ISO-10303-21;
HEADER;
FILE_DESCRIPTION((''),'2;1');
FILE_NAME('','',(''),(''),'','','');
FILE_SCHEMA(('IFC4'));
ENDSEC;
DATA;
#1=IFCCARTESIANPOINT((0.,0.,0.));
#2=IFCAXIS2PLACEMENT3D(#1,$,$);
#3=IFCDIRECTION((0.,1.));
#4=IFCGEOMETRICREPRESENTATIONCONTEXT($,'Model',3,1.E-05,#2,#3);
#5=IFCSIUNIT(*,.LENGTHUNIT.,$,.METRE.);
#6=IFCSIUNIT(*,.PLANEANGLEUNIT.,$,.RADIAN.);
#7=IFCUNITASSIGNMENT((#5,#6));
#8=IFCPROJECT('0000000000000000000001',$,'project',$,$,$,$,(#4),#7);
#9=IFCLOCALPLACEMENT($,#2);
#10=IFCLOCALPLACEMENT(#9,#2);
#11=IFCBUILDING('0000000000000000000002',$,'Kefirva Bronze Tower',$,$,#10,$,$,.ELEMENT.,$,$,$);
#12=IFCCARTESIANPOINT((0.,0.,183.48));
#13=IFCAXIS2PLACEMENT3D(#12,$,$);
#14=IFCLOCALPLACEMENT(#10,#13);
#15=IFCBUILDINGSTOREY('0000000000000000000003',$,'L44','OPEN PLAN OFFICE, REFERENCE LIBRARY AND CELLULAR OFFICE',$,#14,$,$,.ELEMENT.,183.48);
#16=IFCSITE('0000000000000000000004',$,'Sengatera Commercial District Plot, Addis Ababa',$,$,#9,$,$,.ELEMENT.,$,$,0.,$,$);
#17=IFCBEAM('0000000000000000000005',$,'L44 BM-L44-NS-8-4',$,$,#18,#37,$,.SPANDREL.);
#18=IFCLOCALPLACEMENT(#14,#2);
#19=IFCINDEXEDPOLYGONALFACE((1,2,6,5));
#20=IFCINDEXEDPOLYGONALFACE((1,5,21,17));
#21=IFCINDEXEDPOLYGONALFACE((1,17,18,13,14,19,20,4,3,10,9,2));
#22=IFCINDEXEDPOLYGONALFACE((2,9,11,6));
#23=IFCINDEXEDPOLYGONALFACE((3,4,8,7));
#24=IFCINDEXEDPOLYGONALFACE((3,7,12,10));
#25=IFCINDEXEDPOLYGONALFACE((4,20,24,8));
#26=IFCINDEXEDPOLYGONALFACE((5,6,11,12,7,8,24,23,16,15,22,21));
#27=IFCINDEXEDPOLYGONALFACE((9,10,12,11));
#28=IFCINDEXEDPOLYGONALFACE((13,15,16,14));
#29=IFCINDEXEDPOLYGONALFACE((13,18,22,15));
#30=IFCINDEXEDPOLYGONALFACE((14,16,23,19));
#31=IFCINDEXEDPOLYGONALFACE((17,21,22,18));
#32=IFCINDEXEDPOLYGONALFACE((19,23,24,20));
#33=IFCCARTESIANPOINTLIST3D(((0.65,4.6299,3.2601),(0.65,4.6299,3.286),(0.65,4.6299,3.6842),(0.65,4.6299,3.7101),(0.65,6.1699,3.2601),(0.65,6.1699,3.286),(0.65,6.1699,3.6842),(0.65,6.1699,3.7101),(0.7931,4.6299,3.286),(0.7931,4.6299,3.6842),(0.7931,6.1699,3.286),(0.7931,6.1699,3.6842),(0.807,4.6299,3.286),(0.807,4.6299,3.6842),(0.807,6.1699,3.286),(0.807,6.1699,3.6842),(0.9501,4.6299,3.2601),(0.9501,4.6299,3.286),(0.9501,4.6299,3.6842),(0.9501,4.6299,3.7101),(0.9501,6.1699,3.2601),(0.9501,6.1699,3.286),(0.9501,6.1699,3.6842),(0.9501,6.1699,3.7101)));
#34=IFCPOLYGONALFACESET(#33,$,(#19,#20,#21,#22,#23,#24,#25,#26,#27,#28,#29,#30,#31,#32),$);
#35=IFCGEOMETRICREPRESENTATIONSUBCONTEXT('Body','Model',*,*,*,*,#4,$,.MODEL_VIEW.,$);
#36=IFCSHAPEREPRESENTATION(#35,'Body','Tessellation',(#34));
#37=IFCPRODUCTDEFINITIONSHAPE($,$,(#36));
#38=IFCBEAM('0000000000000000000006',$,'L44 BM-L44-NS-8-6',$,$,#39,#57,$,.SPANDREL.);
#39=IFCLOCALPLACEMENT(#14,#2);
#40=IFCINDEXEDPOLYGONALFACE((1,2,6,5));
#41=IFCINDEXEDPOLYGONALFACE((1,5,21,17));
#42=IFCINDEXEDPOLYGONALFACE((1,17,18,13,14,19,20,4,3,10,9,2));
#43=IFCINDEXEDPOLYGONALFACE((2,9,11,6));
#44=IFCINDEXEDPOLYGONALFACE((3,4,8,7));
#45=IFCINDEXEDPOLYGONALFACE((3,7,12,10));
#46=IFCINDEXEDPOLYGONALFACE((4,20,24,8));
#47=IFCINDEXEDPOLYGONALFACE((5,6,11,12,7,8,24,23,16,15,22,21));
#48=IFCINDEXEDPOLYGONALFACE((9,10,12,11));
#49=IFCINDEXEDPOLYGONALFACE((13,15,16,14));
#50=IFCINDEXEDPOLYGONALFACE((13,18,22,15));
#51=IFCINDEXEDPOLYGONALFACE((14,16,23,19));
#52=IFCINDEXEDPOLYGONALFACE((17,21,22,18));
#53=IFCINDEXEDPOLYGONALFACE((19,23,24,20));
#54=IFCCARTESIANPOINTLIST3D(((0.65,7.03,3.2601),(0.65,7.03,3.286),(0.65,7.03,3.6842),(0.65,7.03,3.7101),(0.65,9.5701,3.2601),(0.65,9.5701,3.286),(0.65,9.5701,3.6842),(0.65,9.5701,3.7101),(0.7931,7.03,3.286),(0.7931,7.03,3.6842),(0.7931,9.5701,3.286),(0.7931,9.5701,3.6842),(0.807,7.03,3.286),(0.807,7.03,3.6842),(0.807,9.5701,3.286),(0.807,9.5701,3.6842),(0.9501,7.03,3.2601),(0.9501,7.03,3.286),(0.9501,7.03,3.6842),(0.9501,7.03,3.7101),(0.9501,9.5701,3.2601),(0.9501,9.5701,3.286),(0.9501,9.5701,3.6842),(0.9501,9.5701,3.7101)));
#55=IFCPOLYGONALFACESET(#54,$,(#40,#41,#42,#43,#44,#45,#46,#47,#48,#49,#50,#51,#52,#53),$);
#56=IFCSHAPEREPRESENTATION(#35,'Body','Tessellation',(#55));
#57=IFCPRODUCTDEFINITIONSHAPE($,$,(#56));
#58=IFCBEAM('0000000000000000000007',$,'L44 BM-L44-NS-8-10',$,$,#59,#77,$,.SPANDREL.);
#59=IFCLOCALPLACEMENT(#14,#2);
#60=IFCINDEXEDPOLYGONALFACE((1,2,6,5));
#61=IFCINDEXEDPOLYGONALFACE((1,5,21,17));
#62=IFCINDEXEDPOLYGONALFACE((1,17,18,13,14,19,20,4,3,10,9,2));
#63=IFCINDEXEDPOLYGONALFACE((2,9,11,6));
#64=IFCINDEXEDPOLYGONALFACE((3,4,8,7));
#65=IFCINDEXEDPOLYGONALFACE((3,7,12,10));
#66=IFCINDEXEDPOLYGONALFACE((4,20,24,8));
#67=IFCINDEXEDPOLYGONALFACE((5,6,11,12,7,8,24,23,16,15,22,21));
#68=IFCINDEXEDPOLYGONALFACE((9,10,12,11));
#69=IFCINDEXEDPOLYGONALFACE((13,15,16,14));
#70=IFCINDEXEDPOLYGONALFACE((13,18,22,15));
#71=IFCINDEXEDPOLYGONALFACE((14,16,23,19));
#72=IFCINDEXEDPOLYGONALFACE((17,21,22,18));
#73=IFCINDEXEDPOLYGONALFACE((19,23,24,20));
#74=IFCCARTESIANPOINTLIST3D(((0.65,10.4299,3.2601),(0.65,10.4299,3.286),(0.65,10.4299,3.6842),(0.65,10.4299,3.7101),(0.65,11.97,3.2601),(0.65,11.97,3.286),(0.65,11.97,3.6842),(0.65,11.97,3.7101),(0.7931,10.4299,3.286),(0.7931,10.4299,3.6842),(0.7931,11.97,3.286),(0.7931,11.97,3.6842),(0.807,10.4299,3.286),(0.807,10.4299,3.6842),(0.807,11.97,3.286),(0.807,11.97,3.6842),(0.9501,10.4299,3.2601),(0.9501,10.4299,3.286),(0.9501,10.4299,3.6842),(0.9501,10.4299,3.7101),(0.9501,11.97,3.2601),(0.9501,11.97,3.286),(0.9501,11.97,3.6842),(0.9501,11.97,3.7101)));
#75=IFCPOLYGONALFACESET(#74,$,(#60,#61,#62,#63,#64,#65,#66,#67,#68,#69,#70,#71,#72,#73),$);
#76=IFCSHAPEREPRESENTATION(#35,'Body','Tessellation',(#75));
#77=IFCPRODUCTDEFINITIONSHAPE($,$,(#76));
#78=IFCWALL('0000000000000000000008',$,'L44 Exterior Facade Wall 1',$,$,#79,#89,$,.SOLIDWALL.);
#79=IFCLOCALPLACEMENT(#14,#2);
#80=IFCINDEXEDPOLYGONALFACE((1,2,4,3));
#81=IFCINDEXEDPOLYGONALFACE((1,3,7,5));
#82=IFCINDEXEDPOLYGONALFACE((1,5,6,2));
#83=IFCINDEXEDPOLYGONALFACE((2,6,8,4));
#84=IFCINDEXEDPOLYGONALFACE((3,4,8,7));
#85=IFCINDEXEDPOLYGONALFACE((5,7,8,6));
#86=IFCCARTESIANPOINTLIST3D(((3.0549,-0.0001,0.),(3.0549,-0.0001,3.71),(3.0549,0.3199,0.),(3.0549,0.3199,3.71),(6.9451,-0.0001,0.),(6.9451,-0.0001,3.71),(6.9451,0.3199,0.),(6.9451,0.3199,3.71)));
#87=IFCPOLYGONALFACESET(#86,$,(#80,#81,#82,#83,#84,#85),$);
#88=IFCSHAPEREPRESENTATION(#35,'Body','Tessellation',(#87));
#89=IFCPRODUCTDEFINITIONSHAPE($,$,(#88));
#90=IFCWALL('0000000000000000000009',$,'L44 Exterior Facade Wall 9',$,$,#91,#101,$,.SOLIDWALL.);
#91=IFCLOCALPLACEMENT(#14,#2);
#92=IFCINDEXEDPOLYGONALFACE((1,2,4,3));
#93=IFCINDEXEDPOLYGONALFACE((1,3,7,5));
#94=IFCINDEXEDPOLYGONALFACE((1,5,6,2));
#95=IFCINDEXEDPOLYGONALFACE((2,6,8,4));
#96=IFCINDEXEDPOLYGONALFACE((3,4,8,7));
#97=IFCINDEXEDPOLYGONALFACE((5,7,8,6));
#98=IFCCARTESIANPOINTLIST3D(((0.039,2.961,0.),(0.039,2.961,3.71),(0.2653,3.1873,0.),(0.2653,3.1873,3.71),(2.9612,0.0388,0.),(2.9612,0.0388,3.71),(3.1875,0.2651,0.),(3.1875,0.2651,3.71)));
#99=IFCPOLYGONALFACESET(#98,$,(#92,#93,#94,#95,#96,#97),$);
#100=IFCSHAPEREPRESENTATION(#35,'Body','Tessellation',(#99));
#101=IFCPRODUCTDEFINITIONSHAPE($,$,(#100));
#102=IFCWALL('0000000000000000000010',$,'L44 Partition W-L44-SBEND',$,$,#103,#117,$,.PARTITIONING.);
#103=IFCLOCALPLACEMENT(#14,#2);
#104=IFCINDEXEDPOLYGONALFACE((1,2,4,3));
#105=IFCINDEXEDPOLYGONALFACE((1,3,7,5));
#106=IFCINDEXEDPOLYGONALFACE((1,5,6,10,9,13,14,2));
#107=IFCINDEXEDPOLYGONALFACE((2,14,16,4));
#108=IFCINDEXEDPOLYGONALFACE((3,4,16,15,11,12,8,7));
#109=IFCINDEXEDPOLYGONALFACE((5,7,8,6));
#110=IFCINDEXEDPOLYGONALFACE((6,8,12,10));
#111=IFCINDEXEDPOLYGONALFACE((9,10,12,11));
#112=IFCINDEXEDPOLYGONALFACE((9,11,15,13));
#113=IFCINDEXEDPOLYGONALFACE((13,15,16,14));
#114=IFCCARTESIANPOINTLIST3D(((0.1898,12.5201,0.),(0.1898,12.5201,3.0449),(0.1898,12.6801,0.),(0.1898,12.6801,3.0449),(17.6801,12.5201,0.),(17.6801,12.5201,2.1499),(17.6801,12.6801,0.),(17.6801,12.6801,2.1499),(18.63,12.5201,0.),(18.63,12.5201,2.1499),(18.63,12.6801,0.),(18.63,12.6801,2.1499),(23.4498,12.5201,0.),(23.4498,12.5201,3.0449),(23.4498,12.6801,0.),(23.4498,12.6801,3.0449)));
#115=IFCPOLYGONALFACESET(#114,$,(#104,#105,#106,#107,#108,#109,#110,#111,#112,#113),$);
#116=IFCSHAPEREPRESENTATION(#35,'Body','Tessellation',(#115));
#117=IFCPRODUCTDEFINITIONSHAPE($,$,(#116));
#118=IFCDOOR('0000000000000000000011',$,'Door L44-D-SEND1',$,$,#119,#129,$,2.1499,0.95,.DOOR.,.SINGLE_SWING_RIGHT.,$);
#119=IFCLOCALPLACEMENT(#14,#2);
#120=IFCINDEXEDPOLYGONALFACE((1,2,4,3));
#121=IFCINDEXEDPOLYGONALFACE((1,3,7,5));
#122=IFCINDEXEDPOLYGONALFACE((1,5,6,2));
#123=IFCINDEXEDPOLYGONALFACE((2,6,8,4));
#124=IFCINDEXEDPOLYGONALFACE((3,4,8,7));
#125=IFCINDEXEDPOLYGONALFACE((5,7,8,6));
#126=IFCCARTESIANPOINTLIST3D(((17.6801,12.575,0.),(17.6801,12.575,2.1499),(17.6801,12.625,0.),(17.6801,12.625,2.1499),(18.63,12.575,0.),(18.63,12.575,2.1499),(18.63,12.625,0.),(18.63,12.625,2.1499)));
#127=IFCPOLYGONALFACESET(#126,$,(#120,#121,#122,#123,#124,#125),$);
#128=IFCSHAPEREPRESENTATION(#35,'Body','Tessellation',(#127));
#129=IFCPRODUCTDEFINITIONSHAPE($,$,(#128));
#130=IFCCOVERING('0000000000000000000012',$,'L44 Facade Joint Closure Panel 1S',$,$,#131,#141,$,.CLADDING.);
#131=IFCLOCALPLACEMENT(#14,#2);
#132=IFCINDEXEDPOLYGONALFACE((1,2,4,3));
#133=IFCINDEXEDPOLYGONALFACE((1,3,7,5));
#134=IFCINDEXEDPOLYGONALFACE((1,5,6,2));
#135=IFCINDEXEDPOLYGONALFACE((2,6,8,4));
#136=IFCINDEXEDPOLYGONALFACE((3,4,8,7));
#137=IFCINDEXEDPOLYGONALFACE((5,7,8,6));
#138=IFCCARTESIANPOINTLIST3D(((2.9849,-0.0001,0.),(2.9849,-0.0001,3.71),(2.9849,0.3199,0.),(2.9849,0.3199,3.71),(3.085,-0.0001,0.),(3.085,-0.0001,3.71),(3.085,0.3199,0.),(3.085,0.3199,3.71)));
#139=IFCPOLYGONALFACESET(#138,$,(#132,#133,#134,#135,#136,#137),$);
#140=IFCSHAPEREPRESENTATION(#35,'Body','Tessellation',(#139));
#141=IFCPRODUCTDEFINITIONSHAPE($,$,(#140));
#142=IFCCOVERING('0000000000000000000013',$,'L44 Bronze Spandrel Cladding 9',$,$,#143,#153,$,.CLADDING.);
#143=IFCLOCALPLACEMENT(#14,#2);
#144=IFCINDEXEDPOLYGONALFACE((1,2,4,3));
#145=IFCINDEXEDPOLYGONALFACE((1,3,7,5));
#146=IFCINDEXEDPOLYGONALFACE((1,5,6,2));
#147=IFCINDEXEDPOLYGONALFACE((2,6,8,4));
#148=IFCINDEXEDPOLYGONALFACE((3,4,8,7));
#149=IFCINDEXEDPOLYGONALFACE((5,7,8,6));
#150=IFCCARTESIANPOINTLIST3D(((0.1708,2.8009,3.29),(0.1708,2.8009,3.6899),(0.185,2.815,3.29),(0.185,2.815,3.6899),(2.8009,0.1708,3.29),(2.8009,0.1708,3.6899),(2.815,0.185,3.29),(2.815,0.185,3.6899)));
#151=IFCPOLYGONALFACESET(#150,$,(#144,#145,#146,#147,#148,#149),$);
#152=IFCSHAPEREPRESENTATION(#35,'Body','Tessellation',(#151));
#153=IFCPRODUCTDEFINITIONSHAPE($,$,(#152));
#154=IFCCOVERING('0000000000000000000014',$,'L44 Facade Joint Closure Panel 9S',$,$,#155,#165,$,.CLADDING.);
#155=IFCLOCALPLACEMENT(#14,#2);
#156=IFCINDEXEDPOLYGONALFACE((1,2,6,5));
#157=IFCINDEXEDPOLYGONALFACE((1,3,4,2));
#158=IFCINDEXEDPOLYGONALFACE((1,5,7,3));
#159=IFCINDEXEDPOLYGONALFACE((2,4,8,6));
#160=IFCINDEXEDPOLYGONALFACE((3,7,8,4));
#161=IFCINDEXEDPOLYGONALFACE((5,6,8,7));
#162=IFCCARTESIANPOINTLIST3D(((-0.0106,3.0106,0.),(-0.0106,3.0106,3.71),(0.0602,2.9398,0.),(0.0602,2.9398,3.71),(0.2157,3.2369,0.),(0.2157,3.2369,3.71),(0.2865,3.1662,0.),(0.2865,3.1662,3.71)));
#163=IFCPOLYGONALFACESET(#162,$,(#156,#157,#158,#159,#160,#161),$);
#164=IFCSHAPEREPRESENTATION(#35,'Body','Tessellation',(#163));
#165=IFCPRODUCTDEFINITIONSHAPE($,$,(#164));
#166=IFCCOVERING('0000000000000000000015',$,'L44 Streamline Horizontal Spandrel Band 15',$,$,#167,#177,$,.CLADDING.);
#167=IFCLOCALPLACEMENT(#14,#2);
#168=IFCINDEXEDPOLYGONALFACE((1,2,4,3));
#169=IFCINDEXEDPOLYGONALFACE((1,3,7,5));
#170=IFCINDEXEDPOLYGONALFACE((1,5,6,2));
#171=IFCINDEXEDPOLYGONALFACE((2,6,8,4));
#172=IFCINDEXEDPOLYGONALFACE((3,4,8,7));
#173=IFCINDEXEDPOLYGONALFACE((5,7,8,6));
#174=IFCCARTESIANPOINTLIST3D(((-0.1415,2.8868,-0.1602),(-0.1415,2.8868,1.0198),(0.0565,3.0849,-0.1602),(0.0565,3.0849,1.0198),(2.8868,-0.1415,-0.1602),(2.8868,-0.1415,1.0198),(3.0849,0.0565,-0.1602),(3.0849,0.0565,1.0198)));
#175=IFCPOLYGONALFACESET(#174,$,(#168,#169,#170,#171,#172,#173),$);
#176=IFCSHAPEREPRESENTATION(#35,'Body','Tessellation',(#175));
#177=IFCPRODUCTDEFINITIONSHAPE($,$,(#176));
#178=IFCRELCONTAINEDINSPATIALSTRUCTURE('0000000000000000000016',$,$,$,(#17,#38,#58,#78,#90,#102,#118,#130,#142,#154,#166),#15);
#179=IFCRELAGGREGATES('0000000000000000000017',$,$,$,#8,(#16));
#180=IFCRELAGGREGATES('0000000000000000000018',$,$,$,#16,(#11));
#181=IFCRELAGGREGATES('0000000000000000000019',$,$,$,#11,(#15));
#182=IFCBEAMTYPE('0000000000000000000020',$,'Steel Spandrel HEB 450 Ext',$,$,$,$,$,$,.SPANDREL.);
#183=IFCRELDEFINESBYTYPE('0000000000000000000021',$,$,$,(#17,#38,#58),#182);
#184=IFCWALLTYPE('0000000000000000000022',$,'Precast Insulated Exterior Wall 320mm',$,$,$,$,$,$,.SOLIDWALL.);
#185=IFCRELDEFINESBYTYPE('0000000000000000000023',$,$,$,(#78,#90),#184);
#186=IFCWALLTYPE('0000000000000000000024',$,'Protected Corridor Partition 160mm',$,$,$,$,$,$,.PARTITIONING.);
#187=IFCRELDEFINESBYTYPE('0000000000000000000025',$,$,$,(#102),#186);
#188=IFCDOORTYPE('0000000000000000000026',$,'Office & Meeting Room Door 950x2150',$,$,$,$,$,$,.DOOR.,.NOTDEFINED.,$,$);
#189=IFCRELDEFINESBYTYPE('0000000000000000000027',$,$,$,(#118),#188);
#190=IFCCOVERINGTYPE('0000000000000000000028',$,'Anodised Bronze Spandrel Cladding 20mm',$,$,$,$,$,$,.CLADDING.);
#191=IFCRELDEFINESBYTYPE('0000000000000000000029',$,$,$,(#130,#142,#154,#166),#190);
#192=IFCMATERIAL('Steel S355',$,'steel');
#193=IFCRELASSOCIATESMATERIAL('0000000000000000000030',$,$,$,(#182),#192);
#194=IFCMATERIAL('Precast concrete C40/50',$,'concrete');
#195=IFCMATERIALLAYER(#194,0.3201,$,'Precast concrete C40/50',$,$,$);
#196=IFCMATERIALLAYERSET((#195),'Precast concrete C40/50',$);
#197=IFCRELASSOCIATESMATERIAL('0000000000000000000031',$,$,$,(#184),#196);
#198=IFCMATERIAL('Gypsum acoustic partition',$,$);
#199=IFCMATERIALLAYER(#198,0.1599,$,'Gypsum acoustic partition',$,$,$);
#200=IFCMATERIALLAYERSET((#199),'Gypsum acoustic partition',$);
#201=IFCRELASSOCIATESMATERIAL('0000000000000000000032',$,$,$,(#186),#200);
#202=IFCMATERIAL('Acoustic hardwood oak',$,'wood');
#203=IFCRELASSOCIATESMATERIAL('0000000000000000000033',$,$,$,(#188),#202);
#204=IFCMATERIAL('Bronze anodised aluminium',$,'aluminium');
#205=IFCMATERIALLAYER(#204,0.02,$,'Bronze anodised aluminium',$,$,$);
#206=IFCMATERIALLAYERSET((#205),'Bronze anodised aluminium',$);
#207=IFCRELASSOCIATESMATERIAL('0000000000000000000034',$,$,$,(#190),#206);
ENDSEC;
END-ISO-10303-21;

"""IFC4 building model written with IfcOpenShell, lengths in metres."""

from ifc_helpers import new_model, si_unit, direction, frame, frame_2d, origin, origin_2d, place, context, subcontext, project, spatial, rectangle, i_section, extrude, material, layer, layer_set, material_profile, profile_set, type_object, element, fill, save


model = new_model("IFC4")

# Units and contexts
model_context = context("Model", 3, precision=1e-05, world=origin(), true_north=direction((0.0, 1.0)))
body_context = subcontext(model_context, "Body", "Model", "MODEL_VIEW")
ifc_project = project(units=[si_unit("LENGTHUNIT", "METRE"), si_unit("PLANEANGLEUNIT", "RADIAN")], contexts=[model_context])

# Site, building, storey
site_placement = place(None, origin())
site = spatial("IfcSite", under=ifc_project, at=site_placement, Name="Sengatera Commercial District Plot, Addis Ababa", CompositionType="ELEMENT", RefElevation=0.0)
building_placement = place(site_placement, origin())
building = spatial("IfcBuilding", under=site, at=building_placement, Name="Kefirva Bronze Tower", CompositionType="ELEMENT")
storey_placement = place(building_placement, frame((0.0, 0.0, 183.48)))
storey = spatial("IfcBuildingStorey", under=building, at=storey_placement, Name="L44", Description="OPEN PLAN OFFICE, REFERENCE LIBRARY AND CELLULAR OFFICE", CompositionType="ELEMENT", Elevation=183.48)

# Shared definitions
ifc_material_1 = material(Name="Bronze anodised aluminium", Category="aluminium")

# Beams
ifc_material_2 = material(Name="Steel S355", Category="steel")
ifc_material_profile_1 = material_profile(ifc_material_2, i_section(OverallWidth=0.3, OverallDepth=0.45, WebThickness=0.0139, FlangeThickness=0.0259, at=origin_2d()), Name="HEB 450")
ifc_profile_set_1 = profile_set([ifc_material_profile_1], Name="Steel S355")
beam_type_1 = type_object("IfcBeamType", Name="Steel Spandrel HEB 450 Ext", PredefinedType="SPANDREL", material=ifc_profile_set_1)
beam_1_placement = place(storey_placement, frame((0.8, 4.6299, 3.4851), z_axis=(0.0, 1.0, 0.0), x_axis=(-1.0, 0.0, 0.0)))
element("IfcBeam", 1, at=beam_1_placement, inside=storey, type_object=beam_type_1, Name="L44 BM-L44-NS-8-4", PredefinedType="SPANDREL", context=body_context, shape_type="SweptSolid", body=[
    extrude(i_section(OverallWidth=0.3, OverallDepth=0.45, WebThickness=0.0139, FlangeThickness=0.0259, at=origin_2d()), origin(), (0.0, 0.0, 1.0), 1.54),
])
beam_2_placement = place(storey_placement, frame((0.8, 7.03, 3.4851), z_axis=(0.0, 1.0, 0.0), x_axis=(-1.0, 0.0, 0.0)))
element("IfcBeam", 2, at=beam_2_placement, inside=storey, type_object=beam_type_1, Name="L44 BM-L44-NS-8-6", PredefinedType="SPANDREL", context=body_context, shape_type="SweptSolid", body=[
    extrude(i_section(OverallWidth=0.3, OverallDepth=0.45, WebThickness=0.0139, FlangeThickness=0.0259, at=origin_2d()), origin(), (0.0, 0.0, 1.0), 2.54),
])
beam_3_placement = place(storey_placement, frame((0.8, 10.4299, 3.4851), z_axis=(0.0, 1.0, 0.0), x_axis=(-1.0, 0.0, 0.0)))
element("IfcBeam", 3, at=beam_3_placement, inside=storey, type_object=beam_type_1, Name="L44 BM-L44-NS-8-10", PredefinedType="SPANDREL", context=body_context, shape_type="SweptSolid", body=[
    extrude(i_section(OverallWidth=0.3, OverallDepth=0.45, WebThickness=0.0139, FlangeThickness=0.0259, at=origin_2d()), origin(), (0.0, 0.0, 1.0), 1.54),
])

# Walls
ifc_material_3 = material(Name="Precast concrete C40/50", Category="concrete")
ifc_layer_1 = layer(ifc_material_3, 0.3201, Name="Precast concrete C40/50")
ifc_layer_set_1 = layer_set([ifc_layer_1], Name="Precast concrete C40/50")
wall_type_1 = type_object("IfcWallType", Name="Precast Insulated Exterior Wall 320mm", PredefinedType="SOLIDWALL", material=ifc_layer_set_1)
wall_1_placement = place(storey_placement, frame((3.0549, 0.1599, 0.0), z_axis=(0.0, 0.0, 1.0), x_axis=(1.0, 0.0, 0.0)))
element("IfcWall", 4, at=wall_1_placement, inside=storey, type_object=wall_type_1, Name="L44 Exterior Facade Wall 1", PredefinedType="SOLIDWALL", context=body_context, shape_type="SweptSolid", body=[
    extrude(rectangle(XDim=3.8901, YDim=0.3201, at=frame_2d((1.9451, 0.0))), origin(), (0.0, 0.0, 1.0), 3.71),
])
wall_2_placement = place(storey_placement, frame((0.1521, 3.0742, 0.0), z_axis=(0.0, 0.0, 1.0), x_axis=(0.707107, -0.707107, 0.0)))
element("IfcWall", 5, at=wall_2_placement, inside=storey, type_object=wall_type_1, Name="L44 Exterior Facade Wall 9", PredefinedType="SOLIDWALL", context=body_context, shape_type="SweptSolid", body=[
    extrude(rectangle(XDim=4.1326, YDim=0.3201, at=frame_2d((2.0664, 0.0))), origin(), (0.0, 0.0, 1.0), 3.71),
])

# Wall, opening, door
ifc_material_4 = material(Name="Gypsum acoustic partition")
ifc_layer_2 = layer(ifc_material_4, 0.1599, Name="Gypsum acoustic partition")
ifc_layer_set_2 = layer_set([ifc_layer_2], Name="Gypsum acoustic partition")
wall_type_2 = type_object("IfcWallType", Name="Protected Corridor Partition 160mm", PredefinedType="PARTITIONING", material=ifc_layer_set_2)
wall_3_placement = place(storey_placement, frame((0.1899, 12.6001, 0.0), z_axis=(0.0, 0.0, 1.0), x_axis=(1.0, 0.0, 0.0)))
wall_3 = element("IfcWall", 6, at=wall_3_placement, inside=storey, type_object=wall_type_2, Name="L44 Partition W-L44-SBEND", PredefinedType="PARTITIONING", context=body_context, shape_type="SweptSolid", body=[
    extrude(rectangle(XDim=23.26, YDim=0.1599, at=frame_2d((11.6299, 0.0))), origin(), (0.0, 0.0, 1.0), 3.0449),
])
opening_placement = place(wall_3_placement, frame((17.49, 0.0, 0.0)))
opening = element("IfcOpeningElement", 7, at=opening_placement, cuts=wall_3, PredefinedType="OPENING", context=body_context, shape_type="SweptSolid", body=[
    extrude(rectangle(XDim=0.95, YDim=2.1499, at=frame_2d((0.4751, 1.075))), frame((0.0, 0.0898, 0.0), z_axis=(0.0, -1.0, 0.0), x_axis=(1.0, 0.0, 0.0)), (0.0, 0.0, 1.0), 0.1799),
])
ifc_material_5 = material(Name="Acoustic hardwood oak", Category="wood")
door_type = type_object("IfcDoorType", Name="Office & Meeting Room Door 950x2150", OperationType="NOTDEFINED", PredefinedType="DOOR", material=ifc_material_5)
door_placement = place(opening_placement, origin())
door = element("IfcDoor", 8, at=door_placement, inside=storey, type_object=door_type, Name="Door L44-D-SEND1", OperationType="SINGLE_SWING_RIGHT", OverallHeight=2.1499, OverallWidth=0.95, PredefinedType="DOOR", context=body_context, shape_type="SweptSolid", body=[
    extrude(rectangle(XDim=0.95, YDim=2.1499, at=frame_2d((0.4751, 1.075))), frame((0.0, 0.0249, 0.0), z_axis=(0.0, -1.0, 0.0), x_axis=(1.0, 0.0, 0.0)), (0.0, 0.0, 1.0), 0.05),
])
fill(opening, door)

# Coverings
ifc_layer_3 = layer(ifc_material_1, 0.02, Name="Bronze anodised aluminium")
ifc_layer_set_3 = layer_set([ifc_layer_3], Name="Bronze anodised aluminium")
covering_type_1 = type_object("IfcCoveringType", Name="Anodised Bronze Spandrel Cladding 20mm", PredefinedType="CLADDING", material=ifc_layer_set_3)
covering_1_placement = place(storey_placement, frame((3.0349, 0.1599, 0.0), z_axis=(0.0, 0.0, 1.0), x_axis=(1.0, 0.0, 0.0)))
element("IfcCovering", 9, at=covering_1_placement, inside=storey, type_object=covering_type_1, Name="L44 Facade Joint Closure Panel 1S", PredefinedType="CLADDING", context=body_context, shape_type="SweptSolid", body=[
    extrude(rectangle(XDim=0.1001, YDim=0.3201, at=origin_2d()), origin(), (0.0, 0.0, 1.0), 3.71),
])
covering_2_placement = place(storey_placement, frame((1.4929, 1.4929, 3.29), z_axis=(0.0, 0.0, 1.0), x_axis=(0.707107, -0.707107, 0.0)))
element("IfcCovering", 10, at=covering_2_placement, inside=storey, type_object=covering_type_1, Name="L44 Bronze Spandrel Cladding 9", PredefinedType="CLADDING", context=body_context, shape_type="SweptSolid", body=[
    extrude(rectangle(XDim=3.7195, YDim=0.02, at=origin_2d()), origin(), (0.0, 0.0, 1.0), 0.3999),
])
covering_3_placement = place(storey_placement, frame((0.1379, 3.0884, 0.0), z_axis=(0.0, 0.0, 1.0), x_axis=(0.707107, -0.707107, 0.0)))
element("IfcCovering", 11, at=covering_3_placement, inside=storey, type_object=covering_type_1, Name="L44 Facade Joint Closure Panel 9S", PredefinedType="CLADDING", context=body_context, shape_type="SweptSolid", body=[
    extrude(rectangle(XDim=0.1001, YDim=0.3201, at=origin_2d()), origin(), (0.0, 0.0, 1.0), 3.71),
])
covering_4_placement = place(storey_placement, frame((1.4717, 1.4717, -0.1602), z_axis=(0.0, 0.0, 1.0), x_axis=(0.707107, -0.707107, 0.0)))
element("IfcCovering", 12, at=covering_4_placement, inside=storey, type_object=covering_type_1, Name="L44 Streamline Horizontal Spandrel Band 15", PredefinedType="CLADDING", context=body_context, shape_type="SweptSolid", body=[
    extrude(rectangle(XDim=4.2827, YDim=0.28, at=origin_2d()), origin(), (0.0, 0.0, 1.0), 1.1799),
])

save(model, "model.ifc")
